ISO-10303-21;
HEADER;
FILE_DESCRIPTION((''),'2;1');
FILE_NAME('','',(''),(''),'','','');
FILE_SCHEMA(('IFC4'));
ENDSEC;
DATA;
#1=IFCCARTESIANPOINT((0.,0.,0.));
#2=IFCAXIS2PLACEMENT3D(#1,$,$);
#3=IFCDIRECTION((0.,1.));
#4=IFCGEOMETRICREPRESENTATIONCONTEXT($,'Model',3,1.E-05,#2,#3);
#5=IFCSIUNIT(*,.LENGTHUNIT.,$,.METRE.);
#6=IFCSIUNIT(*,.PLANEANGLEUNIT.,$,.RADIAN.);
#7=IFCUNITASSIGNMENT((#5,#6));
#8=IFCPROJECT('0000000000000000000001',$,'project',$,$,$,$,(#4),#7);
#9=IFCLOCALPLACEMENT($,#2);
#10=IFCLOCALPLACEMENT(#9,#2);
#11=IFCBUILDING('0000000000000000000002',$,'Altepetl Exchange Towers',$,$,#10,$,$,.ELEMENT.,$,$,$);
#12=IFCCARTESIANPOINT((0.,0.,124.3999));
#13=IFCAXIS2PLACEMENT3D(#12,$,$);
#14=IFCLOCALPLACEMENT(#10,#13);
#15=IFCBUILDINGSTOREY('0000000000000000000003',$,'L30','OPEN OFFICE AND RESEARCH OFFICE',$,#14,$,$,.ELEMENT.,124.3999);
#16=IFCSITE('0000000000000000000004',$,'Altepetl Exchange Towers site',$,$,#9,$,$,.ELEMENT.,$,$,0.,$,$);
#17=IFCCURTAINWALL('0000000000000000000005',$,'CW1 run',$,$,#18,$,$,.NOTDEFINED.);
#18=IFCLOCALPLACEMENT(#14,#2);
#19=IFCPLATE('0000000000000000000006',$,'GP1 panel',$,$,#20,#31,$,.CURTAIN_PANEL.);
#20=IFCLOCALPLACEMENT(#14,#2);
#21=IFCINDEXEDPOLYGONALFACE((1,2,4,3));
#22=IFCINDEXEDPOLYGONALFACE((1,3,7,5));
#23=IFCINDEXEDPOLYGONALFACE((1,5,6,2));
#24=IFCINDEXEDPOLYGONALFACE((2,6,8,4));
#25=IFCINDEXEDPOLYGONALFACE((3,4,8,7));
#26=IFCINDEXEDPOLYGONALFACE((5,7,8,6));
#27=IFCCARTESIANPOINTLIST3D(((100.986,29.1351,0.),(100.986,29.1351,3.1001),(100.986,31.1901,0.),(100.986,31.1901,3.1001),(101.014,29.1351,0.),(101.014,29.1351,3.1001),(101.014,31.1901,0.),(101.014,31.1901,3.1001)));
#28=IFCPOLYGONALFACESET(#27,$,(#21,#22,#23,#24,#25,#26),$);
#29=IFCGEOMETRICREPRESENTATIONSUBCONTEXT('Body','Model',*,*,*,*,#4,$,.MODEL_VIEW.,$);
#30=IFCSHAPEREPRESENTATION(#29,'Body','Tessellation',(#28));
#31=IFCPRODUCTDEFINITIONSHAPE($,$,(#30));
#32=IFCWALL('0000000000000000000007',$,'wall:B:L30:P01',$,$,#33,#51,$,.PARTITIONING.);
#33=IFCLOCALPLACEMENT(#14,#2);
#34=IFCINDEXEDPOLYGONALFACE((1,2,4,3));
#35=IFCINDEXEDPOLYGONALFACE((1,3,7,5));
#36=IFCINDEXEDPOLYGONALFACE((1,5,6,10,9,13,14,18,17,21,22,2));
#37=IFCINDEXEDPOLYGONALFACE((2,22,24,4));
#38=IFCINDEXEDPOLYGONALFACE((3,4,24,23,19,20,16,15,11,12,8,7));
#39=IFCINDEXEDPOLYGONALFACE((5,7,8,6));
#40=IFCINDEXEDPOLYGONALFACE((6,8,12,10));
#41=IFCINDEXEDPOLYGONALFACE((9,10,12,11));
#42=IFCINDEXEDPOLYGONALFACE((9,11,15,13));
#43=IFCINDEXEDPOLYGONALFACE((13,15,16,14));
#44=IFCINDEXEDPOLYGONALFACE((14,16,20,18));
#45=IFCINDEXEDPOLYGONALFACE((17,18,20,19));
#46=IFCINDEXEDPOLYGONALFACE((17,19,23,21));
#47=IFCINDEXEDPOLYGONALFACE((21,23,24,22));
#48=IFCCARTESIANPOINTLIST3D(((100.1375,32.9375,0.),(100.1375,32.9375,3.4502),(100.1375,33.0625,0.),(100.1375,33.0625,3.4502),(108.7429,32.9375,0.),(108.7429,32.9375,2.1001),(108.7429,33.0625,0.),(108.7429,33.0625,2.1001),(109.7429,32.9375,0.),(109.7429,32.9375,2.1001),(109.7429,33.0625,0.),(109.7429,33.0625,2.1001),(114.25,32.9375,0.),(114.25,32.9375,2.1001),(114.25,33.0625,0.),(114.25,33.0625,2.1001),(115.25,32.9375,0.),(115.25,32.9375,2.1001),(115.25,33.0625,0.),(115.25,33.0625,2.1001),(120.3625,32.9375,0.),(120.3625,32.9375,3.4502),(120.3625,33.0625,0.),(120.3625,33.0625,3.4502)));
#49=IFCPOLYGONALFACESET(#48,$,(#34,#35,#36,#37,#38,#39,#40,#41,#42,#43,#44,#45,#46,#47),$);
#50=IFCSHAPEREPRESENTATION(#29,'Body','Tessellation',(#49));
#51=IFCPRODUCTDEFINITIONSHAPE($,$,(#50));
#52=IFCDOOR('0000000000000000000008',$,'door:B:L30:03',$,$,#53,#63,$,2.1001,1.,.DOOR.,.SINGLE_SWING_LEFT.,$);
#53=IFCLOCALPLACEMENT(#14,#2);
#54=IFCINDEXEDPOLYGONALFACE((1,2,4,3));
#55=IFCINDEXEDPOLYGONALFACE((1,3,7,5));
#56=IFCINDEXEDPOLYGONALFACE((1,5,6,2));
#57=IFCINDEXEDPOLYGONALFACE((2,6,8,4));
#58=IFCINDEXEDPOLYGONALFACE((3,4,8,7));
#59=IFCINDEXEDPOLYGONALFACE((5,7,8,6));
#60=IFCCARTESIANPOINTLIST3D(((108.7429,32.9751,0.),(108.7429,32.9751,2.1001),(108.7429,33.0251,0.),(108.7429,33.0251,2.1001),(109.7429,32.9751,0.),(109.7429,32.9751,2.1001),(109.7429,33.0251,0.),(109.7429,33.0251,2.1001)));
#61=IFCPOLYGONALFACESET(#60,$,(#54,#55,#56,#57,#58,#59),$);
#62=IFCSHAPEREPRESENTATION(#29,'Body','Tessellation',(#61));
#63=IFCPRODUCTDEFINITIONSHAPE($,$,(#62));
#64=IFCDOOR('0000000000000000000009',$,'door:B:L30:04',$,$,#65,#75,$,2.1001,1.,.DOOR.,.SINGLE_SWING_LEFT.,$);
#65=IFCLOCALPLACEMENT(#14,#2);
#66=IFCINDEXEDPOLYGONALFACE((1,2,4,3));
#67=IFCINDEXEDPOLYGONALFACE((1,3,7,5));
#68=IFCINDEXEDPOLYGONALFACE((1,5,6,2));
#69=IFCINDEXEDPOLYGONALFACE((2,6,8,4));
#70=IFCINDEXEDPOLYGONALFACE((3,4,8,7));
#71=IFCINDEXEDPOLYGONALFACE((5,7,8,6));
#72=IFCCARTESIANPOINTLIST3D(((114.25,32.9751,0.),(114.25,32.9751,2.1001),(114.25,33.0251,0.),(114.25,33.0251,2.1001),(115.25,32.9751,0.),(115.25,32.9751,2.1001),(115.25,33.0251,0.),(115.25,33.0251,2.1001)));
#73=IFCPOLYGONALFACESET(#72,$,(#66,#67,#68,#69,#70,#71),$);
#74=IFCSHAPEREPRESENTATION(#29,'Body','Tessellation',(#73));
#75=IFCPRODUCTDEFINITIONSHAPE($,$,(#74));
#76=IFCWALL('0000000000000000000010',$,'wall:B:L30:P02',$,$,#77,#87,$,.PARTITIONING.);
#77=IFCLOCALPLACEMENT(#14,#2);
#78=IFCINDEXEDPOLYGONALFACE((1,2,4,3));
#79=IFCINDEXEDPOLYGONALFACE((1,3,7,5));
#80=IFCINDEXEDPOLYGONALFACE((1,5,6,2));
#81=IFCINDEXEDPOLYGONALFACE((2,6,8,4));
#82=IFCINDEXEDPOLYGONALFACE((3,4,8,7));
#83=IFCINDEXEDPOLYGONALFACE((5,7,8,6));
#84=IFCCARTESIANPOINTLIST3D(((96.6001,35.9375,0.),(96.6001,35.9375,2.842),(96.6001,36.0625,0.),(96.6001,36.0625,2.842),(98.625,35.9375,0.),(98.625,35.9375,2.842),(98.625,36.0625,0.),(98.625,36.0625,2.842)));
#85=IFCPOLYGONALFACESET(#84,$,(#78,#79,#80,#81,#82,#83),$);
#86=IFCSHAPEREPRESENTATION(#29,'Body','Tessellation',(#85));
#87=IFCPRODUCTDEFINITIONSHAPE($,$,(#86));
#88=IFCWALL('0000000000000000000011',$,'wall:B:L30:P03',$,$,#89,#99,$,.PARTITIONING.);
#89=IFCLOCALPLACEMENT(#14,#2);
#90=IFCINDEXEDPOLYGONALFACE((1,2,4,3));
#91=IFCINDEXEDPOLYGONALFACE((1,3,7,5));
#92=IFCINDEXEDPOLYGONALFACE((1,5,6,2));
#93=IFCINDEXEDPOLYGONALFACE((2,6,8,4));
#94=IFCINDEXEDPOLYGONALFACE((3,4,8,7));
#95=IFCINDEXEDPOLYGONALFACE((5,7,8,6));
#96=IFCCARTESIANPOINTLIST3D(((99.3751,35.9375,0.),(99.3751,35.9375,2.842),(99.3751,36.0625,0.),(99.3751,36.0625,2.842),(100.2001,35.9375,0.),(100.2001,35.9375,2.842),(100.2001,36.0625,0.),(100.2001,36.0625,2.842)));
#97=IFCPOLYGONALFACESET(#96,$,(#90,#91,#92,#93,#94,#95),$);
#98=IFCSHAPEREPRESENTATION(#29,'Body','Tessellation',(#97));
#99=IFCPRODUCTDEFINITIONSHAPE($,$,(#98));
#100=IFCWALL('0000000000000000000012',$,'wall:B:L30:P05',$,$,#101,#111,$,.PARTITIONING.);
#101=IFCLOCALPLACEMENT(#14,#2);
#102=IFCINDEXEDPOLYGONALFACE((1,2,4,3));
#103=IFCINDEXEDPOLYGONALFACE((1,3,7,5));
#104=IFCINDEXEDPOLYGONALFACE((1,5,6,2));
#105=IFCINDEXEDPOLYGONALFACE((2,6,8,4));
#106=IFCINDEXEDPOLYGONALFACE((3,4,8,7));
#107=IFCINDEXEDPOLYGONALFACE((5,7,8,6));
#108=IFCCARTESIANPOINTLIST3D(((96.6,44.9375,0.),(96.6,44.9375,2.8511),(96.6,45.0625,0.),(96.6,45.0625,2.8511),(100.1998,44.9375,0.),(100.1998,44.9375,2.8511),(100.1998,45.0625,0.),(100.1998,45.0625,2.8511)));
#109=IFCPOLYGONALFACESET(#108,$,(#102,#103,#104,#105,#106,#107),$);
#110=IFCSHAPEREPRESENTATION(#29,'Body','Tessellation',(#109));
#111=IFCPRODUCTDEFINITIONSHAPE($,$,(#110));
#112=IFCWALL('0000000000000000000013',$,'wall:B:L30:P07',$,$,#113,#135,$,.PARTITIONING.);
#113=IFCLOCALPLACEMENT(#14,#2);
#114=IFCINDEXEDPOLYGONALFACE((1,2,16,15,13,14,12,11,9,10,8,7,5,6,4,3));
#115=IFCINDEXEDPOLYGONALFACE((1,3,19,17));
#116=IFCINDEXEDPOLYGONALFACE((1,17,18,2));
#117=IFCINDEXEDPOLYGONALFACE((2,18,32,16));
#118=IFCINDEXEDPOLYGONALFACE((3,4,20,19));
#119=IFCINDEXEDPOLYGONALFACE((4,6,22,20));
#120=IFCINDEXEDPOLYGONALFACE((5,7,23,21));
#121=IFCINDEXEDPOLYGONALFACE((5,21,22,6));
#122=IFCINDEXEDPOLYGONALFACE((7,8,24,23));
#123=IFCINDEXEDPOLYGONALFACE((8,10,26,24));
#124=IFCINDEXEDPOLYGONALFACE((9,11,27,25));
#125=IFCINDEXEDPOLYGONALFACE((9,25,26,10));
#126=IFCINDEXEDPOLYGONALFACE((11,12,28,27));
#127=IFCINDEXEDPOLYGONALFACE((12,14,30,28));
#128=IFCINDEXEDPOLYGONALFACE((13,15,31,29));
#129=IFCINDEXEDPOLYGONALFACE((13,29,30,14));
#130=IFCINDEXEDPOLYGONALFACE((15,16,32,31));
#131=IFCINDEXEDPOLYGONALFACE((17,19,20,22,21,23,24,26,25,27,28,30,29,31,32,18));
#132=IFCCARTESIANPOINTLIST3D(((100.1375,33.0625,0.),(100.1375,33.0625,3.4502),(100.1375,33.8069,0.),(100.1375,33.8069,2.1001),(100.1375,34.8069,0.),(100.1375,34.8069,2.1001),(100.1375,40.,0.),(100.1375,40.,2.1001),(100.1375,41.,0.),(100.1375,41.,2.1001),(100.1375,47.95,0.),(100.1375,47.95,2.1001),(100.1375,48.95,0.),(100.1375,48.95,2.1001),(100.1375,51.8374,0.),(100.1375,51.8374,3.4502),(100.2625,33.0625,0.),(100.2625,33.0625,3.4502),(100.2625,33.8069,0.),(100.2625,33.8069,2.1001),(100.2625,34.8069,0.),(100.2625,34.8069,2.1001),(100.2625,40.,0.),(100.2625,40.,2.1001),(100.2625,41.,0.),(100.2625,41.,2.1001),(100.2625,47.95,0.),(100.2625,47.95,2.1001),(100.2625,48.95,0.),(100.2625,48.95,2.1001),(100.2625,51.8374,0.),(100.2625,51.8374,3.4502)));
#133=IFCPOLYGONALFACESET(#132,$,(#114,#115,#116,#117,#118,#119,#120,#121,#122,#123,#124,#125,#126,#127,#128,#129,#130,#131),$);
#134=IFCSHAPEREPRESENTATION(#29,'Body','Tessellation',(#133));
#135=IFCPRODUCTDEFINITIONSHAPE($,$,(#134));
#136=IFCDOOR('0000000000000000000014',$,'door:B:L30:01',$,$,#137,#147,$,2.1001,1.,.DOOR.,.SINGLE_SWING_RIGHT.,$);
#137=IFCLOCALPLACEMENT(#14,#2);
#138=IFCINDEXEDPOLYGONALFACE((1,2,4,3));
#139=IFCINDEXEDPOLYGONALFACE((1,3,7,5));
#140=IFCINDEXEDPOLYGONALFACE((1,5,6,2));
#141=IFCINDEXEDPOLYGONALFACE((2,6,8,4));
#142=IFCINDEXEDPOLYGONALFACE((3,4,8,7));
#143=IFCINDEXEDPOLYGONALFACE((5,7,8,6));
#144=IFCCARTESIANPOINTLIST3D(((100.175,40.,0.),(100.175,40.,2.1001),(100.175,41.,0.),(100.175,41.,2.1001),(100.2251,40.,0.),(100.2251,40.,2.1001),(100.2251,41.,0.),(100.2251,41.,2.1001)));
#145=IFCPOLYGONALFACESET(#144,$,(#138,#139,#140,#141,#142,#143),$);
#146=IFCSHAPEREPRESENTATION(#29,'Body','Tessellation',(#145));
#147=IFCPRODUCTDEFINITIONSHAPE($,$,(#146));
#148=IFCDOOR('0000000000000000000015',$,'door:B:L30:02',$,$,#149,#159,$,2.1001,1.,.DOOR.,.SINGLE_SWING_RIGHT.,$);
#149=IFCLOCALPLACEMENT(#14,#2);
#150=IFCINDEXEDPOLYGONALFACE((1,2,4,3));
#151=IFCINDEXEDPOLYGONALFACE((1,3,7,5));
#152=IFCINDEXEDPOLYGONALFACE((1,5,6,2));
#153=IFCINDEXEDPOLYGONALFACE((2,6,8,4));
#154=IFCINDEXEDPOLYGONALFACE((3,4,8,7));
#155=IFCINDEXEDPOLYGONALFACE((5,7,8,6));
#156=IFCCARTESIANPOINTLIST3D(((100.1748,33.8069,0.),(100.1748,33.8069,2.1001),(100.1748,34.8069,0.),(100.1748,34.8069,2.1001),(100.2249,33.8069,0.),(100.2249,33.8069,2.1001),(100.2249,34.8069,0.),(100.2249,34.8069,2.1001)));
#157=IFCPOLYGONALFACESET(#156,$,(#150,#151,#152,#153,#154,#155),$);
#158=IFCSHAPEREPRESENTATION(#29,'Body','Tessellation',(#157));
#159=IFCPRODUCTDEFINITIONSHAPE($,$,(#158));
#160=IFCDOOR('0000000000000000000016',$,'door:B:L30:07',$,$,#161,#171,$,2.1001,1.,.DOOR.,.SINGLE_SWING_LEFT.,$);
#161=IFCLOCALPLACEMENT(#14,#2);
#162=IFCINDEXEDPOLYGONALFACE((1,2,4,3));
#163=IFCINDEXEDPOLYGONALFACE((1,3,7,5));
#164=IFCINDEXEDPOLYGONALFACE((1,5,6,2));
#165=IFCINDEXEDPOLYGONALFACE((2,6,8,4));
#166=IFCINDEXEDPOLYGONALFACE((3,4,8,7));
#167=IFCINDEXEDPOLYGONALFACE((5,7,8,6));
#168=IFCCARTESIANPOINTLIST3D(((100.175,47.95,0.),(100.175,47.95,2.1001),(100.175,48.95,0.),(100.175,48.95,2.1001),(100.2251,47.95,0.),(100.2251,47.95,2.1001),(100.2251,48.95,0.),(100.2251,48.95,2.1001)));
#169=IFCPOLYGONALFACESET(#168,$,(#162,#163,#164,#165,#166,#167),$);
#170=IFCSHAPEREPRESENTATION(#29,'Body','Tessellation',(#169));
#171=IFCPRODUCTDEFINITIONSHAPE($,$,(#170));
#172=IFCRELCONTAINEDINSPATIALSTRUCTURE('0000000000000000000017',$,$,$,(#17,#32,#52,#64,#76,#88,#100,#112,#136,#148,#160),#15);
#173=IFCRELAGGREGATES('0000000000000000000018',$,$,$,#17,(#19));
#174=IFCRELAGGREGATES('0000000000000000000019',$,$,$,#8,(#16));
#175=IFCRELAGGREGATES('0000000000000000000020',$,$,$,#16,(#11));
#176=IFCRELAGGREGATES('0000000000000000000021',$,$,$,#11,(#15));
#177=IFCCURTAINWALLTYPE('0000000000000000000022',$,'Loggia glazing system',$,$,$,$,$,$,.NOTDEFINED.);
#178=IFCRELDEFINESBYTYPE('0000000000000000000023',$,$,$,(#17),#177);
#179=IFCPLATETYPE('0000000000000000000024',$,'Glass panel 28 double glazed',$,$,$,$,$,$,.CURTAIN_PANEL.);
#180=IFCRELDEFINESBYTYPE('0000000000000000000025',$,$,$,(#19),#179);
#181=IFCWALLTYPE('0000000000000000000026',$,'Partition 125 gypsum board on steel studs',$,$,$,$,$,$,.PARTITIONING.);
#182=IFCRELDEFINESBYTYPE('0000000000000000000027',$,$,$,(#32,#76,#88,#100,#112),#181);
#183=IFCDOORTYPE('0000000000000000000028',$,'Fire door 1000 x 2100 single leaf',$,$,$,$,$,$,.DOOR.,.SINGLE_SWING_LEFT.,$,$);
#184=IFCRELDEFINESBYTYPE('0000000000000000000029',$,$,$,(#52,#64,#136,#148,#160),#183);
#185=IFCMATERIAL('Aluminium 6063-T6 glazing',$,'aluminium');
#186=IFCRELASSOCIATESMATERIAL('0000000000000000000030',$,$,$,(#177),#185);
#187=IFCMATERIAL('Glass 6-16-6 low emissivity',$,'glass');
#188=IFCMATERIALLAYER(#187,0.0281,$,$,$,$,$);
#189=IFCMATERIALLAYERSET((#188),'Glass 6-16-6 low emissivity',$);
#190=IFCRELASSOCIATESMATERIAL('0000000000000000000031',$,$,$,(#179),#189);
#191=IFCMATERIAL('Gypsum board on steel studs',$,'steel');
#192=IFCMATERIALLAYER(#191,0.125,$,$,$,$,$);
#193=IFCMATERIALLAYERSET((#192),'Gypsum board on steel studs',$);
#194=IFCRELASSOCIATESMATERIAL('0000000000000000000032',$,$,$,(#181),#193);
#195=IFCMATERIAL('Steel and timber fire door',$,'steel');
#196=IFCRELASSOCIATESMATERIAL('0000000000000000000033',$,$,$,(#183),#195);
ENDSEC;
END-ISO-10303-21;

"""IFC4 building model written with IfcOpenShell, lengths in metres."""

from ifc_helpers import new_model, si_unit, direction, frame, frame_2d, origin, origin_2d, place, context, subcontext, project, spatial, rectangle, extrude, material, layer, layer_set, type_object, element, fill, aggregate, save


model = new_model("IFC4")

# Units and contexts
model_context = context("Model", 3, precision=1e-05, world=origin(), true_north=direction((0.0, 1.0)))
body_context = subcontext(model_context, "Body", "Model", "MODEL_VIEW")
ifc_project = project(units=[si_unit("LENGTHUNIT", "METRE"), si_unit("PLANEANGLEUNIT", "RADIAN")], contexts=[model_context])

# Site, building, storey
site_placement = place(None, origin())
site = spatial("IfcSite", under=ifc_project, at=site_placement, Name="Altepetl Exchange Towers site", CompositionType="ELEMENT", RefElevation=0.0)
building_placement = place(site_placement, origin())
building = spatial("IfcBuilding", under=site, at=building_placement, Name="Altepetl Exchange Towers", CompositionType="ELEMENT")
storey_placement = place(building_placement, frame((0.0, 0.0, 124.3999)))
storey = spatial("IfcBuildingStorey", under=building, at=storey_placement, Name="L30", Description="OPEN OFFICE AND RESEARCH OFFICE", CompositionType="ELEMENT", Elevation=124.3999)

# Curtain wall
ifc_material_1 = material(Name="Aluminium 6063-T6 glazing", Category="aluminium")
curtain_wall_type = type_object("IfcCurtainWallType", Name="Loggia glazing system", PredefinedType="NOTDEFINED", material=ifc_material_1)
curtain_wall_1_placement = place(storey_placement, origin())
curtain_wall_1 = element("IfcCurtainWall", 1, at=curtain_wall_1_placement, inside=storey, type_object=curtain_wall_type, Name="CW1 run", PredefinedType="NOTDEFINED")

# Plate
ifc_material_2 = material(Name="Glass 6-16-6 low emissivity", Category="glass")
ifc_layer_1 = layer(ifc_material_2, 0.0281)
ifc_layer_set_1 = layer_set([ifc_layer_1], Name="Glass 6-16-6 low emissivity")
plate_type = type_object("IfcPlateType", Name="Glass panel 28 double glazed", PredefinedType="CURTAIN_PANEL", material=ifc_layer_set_1)
plate_1_placement = place(storey_placement, frame((101.0, 30.1626, 0.0), z_axis=(0.0, 0.0, 1.0), x_axis=(0.0, -1.0, 0.0)))
plate_1 = element("IfcPlate", 2, at=plate_1_placement, type_object=plate_type, Name="GP1 panel", PredefinedType="CURTAIN_PANEL", context=body_context, shape_type="SweptSolid", body=[
    extrude(rectangle(XDim=2.0549, YDim=0.0281, at=origin_2d()), origin(), (0.0, 0.0, 1.0), 3.1001),
])
aggregate(curtain_wall_1, [plate_1])

# Wall, openings, doors
ifc_material_3 = material(Name="Gypsum board on steel studs", Category="steel")
ifc_layer_2 = layer(ifc_material_3, 0.125)
ifc_layer_set_2 = layer_set([ifc_layer_2], Name="Gypsum board on steel studs")
wall_type = type_object("IfcWallType", Name="Partition 125 gypsum board on steel studs", PredefinedType="PARTITIONING", material=ifc_layer_set_2)
wall_1_placement = place(storey_placement, frame((100.1375, 33.0, 0.0)))
wall_1 = element("IfcWall", 3, at=wall_1_placement, inside=storey, type_object=wall_type, Name="wall:B:L30:P01", PredefinedType="PARTITIONING", context=body_context, shape_type="SweptSolid", body=[
    extrude(rectangle(XDim=20.2251, YDim=0.125, at=frame_2d((10.1125, 0.0))), origin(), (0.0, 0.0, 1.0), 3.4502),
])
opening_1_placement = place(wall_1_placement, frame((8.6055, 0.0, 0.0)))
opening_1 = element("IfcOpeningElement", 4, at=opening_1_placement, cuts=wall_1, PredefinedType="OPENING", context=body_context, shape_type="SweptSolid", body=[
    extrude(rectangle(XDim=1.0, YDim=2.1001, at=frame_2d((0.5, 1.05))), frame((0.0, 0.0725, 0.0), z_axis=(0.0, -1.0, 0.0), x_axis=(1.0, 0.0, 0.0)), (0.0, 0.0, 1.0), 0.145),
])
opening_2_placement = place(wall_1_placement, frame((14.1125, 0.0, 0.0)))
opening_2 = element("IfcOpeningElement", 5, at=opening_2_placement, cuts=wall_1, PredefinedType="OPENING", context=body_context, shape_type="SweptSolid", body=[
    extrude(rectangle(XDim=1.0, YDim=2.1001, at=frame_2d((0.5, 1.05))), frame((0.0, 0.0725, 0.0), z_axis=(0.0, -1.0, 0.0), x_axis=(1.0, 0.0, 0.0)), (0.0, 0.0, 1.0), 0.145),
])
ifc_material_4 = material(Name="Steel and timber fire door", Category="steel")
door_type = type_object("IfcDoorType", Name="Fire door 1000 x 2100 single leaf", OperationType="SINGLE_SWING_LEFT", PredefinedType="DOOR", material=ifc_material_4)
door_1_placement = place(opening_1_placement, frame((1.0, 0.0, 0.0), x_axis=(-1.0, 0.0, 0.0)))
door_1 = element("IfcDoor", 6, at=door_1_placement, inside=storey, type_object=door_type, Name="door:B:L30:03", OperationType="SINGLE_SWING_LEFT", OverallHeight=2.1001, OverallWidth=1.0, PredefinedType="DOOR", context=body_context, shape_type="SweptSolid", body=[
    extrude(rectangle(XDim=1.0, YDim=2.1001, at=frame_2d((0.5, 1.05))), frame((0.0, 0.0249, 0.0), z_axis=(0.0, -1.0, 0.0), x_axis=(1.0, 0.0, 0.0)), (0.0, 0.0, 1.0), 0.05),
])
fill(opening_1, door_1)
door_2_placement = place(opening_2_placement, frame((1.0, 0.0, 0.0), x_axis=(-1.0, 0.0, 0.0)))
door_2 = element("IfcDoor", 7, at=door_2_placement, inside=storey, type_object=door_type, Name="door:B:L30:04", OperationType="SINGLE_SWING_LEFT", OverallHeight=2.1001, OverallWidth=1.0, PredefinedType="DOOR", context=body_context, shape_type="SweptSolid", body=[
    extrude(rectangle(XDim=1.0, YDim=2.1001, at=frame_2d((0.5, 1.05))), frame((0.0, 0.0249, 0.0), z_axis=(0.0, -1.0, 0.0), x_axis=(1.0, 0.0, 0.0)), (0.0, 0.0, 1.0), 0.05),
])
fill(opening_2, door_2)

# Walls
wall_2_placement = place(storey_placement, frame((96.6001, 36.0, 0.0)))
element("IfcWall", 8, at=wall_2_placement, inside=storey, type_object=wall_type, Name="wall:B:L30:P02", PredefinedType="PARTITIONING", context=body_context, shape_type="SweptSolid", body=[
    extrude(rectangle(XDim=2.0249, YDim=0.125, at=frame_2d((1.0125, 0.0))), origin(), (0.0, 0.0, 1.0), 2.842),
])
wall_3_placement = place(storey_placement, frame((99.375, 36.0, 0.0)))
element("IfcWall", 9, at=wall_3_placement, inside=storey, type_object=wall_type, Name="wall:B:L30:P03", PredefinedType="PARTITIONING", context=body_context, shape_type="SweptSolid", body=[
    extrude(rectangle(XDim=0.825, YDim=0.125, at=frame_2d((0.4126, 0.0))), origin(), (0.0, 0.0, 1.0), 2.842),
])
wall_4_placement = place(storey_placement, frame((96.6001, 45.0, 0.0)))
element("IfcWall", 10, at=wall_4_placement, inside=storey, type_object=wall_type, Name="wall:B:L30:P05", PredefinedType="PARTITIONING", context=body_context, shape_type="SweptSolid", body=[
    extrude(rectangle(XDim=3.5999, YDim=0.125, at=frame_2d((1.7998, 0.0))), origin(), (0.0, 0.0, 1.0), 2.8511),
])

# Wall, openings, doors
wall_5_placement = place(storey_placement, frame((100.2, 33.0625, 0.0), z_axis=(0.0, 0.0, 1.0), x_axis=(0.0, 1.0, 0.0)))
wall_5 = element("IfcWall", 11, at=wall_5_placement, inside=storey, type_object=wall_type, Name="wall:B:L30:P07", PredefinedType="PARTITIONING", context=body_context, shape_type="SweptSolid", body=[
    extrude(rectangle(XDim=18.7749, YDim=0.125, at=frame_2d((9.3875, 0.0))), origin(), (0.0, 0.0, 1.0), 3.4502),
])
opening_3_placement = place(wall_5_placement, frame((6.9375, 0.0, 0.0)))
opening_3 = element("IfcOpeningElement", 12, at=opening_3_placement, cuts=wall_5, PredefinedType="OPENING", context=body_context, shape_type="SweptSolid", body=[
    extrude(rectangle(XDim=1.0, YDim=2.1001, at=frame_2d((0.5, 1.05))), frame((0.0, 0.0725, 0.0), z_axis=(0.0, -1.0, 0.0), x_axis=(1.0, 0.0, 0.0)), (0.0, 0.0, 1.0), 0.145),
])
opening_4_placement = place(wall_5_placement, frame((0.7444, 0.0, 0.0)))
opening_4 = element("IfcOpeningElement", 13, at=opening_4_placement, cuts=wall_5, PredefinedType="OPENING", context=body_context, shape_type="SweptSolid", body=[
    extrude(rectangle(XDim=1.0, YDim=2.1001, at=frame_2d((0.5, 1.05))), frame((0.0, 0.0725, 0.0), z_axis=(0.0, -1.0, 0.0), x_axis=(1.0, 0.0, 0.0)), (0.0, 0.0, 1.0), 0.145),
])
opening_5_placement = place(wall_5_placement, frame((14.8875, 0.0, 0.0)))
opening_5 = element("IfcOpeningElement", 14, at=opening_5_placement, cuts=wall_5, PredefinedType="OPENING", context=body_context, shape_type="SweptSolid", body=[
    extrude(rectangle(XDim=1.0, YDim=2.1001, at=frame_2d((0.5, 1.05))), frame((0.0, 0.0725, 0.0), z_axis=(0.0, -1.0, 0.0), x_axis=(1.0, 0.0, 0.0)), (0.0, 0.0, 1.0), 0.145),
])
door_3_placement = place(opening_3_placement, origin())
door_3 = element("IfcDoor", 15, at=door_3_placement, inside=storey, type_object=door_type, Name="door:B:L30:01", OperationType="SINGLE_SWING_RIGHT", OverallHeight=2.1001, OverallWidth=1.0, PredefinedType="DOOR", context=body_context, shape_type="SweptSolid", body=[
    extrude(rectangle(XDim=1.0, YDim=2.1001, at=frame_2d((0.5, 1.05))), frame((0.0, 0.0249, 0.0), z_axis=(0.0, -1.0, 0.0), x_axis=(1.0, 0.0, 0.0)), (0.0, 0.0, 1.0), 0.05),
])
fill(opening_3, door_3)
door_4_placement = place(opening_4_placement, frame((1.0, 0.0, 0.0), x_axis=(-1.0, 0.0, 0.0)))
door_4 = element("IfcDoor", 16, at=door_4_placement, inside=storey, type_object=door_type, Name="door:B:L30:02", OperationType="SINGLE_SWING_RIGHT", OverallHeight=2.1001, OverallWidth=1.0, PredefinedType="DOOR", context=body_context, shape_type="SweptSolid", body=[
    extrude(rectangle(XDim=1.0, YDim=2.1001, at=frame_2d((0.5, 1.05))), frame((0.0, 0.0249, 0.0), z_axis=(0.0, -1.0, 0.0), x_axis=(1.0, 0.0, 0.0)), (0.0, 0.0, 1.0), 0.05),
])
fill(opening_4, door_4)
door_5_placement = place(opening_5_placement, origin())
door_5 = element("IfcDoor", 17, at=door_5_placement, inside=storey, type_object=door_type, Name="door:B:L30:07", OperationType="SINGLE_SWING_LEFT", OverallHeight=2.1001, OverallWidth=1.0, PredefinedType="DOOR", context=body_context, shape_type="SweptSolid", body=[
    extrude(rectangle(XDim=1.0, YDim=2.1001, at=frame_2d((0.5, 1.05))), frame((0.0, 0.0249, 0.0), z_axis=(0.0, -1.0, 0.0), x_axis=(1.0, 0.0, 0.0)), (0.0, 0.0, 1.0), 0.05),
])
fill(opening_5, door_5)

save(model, "model.ifc")
